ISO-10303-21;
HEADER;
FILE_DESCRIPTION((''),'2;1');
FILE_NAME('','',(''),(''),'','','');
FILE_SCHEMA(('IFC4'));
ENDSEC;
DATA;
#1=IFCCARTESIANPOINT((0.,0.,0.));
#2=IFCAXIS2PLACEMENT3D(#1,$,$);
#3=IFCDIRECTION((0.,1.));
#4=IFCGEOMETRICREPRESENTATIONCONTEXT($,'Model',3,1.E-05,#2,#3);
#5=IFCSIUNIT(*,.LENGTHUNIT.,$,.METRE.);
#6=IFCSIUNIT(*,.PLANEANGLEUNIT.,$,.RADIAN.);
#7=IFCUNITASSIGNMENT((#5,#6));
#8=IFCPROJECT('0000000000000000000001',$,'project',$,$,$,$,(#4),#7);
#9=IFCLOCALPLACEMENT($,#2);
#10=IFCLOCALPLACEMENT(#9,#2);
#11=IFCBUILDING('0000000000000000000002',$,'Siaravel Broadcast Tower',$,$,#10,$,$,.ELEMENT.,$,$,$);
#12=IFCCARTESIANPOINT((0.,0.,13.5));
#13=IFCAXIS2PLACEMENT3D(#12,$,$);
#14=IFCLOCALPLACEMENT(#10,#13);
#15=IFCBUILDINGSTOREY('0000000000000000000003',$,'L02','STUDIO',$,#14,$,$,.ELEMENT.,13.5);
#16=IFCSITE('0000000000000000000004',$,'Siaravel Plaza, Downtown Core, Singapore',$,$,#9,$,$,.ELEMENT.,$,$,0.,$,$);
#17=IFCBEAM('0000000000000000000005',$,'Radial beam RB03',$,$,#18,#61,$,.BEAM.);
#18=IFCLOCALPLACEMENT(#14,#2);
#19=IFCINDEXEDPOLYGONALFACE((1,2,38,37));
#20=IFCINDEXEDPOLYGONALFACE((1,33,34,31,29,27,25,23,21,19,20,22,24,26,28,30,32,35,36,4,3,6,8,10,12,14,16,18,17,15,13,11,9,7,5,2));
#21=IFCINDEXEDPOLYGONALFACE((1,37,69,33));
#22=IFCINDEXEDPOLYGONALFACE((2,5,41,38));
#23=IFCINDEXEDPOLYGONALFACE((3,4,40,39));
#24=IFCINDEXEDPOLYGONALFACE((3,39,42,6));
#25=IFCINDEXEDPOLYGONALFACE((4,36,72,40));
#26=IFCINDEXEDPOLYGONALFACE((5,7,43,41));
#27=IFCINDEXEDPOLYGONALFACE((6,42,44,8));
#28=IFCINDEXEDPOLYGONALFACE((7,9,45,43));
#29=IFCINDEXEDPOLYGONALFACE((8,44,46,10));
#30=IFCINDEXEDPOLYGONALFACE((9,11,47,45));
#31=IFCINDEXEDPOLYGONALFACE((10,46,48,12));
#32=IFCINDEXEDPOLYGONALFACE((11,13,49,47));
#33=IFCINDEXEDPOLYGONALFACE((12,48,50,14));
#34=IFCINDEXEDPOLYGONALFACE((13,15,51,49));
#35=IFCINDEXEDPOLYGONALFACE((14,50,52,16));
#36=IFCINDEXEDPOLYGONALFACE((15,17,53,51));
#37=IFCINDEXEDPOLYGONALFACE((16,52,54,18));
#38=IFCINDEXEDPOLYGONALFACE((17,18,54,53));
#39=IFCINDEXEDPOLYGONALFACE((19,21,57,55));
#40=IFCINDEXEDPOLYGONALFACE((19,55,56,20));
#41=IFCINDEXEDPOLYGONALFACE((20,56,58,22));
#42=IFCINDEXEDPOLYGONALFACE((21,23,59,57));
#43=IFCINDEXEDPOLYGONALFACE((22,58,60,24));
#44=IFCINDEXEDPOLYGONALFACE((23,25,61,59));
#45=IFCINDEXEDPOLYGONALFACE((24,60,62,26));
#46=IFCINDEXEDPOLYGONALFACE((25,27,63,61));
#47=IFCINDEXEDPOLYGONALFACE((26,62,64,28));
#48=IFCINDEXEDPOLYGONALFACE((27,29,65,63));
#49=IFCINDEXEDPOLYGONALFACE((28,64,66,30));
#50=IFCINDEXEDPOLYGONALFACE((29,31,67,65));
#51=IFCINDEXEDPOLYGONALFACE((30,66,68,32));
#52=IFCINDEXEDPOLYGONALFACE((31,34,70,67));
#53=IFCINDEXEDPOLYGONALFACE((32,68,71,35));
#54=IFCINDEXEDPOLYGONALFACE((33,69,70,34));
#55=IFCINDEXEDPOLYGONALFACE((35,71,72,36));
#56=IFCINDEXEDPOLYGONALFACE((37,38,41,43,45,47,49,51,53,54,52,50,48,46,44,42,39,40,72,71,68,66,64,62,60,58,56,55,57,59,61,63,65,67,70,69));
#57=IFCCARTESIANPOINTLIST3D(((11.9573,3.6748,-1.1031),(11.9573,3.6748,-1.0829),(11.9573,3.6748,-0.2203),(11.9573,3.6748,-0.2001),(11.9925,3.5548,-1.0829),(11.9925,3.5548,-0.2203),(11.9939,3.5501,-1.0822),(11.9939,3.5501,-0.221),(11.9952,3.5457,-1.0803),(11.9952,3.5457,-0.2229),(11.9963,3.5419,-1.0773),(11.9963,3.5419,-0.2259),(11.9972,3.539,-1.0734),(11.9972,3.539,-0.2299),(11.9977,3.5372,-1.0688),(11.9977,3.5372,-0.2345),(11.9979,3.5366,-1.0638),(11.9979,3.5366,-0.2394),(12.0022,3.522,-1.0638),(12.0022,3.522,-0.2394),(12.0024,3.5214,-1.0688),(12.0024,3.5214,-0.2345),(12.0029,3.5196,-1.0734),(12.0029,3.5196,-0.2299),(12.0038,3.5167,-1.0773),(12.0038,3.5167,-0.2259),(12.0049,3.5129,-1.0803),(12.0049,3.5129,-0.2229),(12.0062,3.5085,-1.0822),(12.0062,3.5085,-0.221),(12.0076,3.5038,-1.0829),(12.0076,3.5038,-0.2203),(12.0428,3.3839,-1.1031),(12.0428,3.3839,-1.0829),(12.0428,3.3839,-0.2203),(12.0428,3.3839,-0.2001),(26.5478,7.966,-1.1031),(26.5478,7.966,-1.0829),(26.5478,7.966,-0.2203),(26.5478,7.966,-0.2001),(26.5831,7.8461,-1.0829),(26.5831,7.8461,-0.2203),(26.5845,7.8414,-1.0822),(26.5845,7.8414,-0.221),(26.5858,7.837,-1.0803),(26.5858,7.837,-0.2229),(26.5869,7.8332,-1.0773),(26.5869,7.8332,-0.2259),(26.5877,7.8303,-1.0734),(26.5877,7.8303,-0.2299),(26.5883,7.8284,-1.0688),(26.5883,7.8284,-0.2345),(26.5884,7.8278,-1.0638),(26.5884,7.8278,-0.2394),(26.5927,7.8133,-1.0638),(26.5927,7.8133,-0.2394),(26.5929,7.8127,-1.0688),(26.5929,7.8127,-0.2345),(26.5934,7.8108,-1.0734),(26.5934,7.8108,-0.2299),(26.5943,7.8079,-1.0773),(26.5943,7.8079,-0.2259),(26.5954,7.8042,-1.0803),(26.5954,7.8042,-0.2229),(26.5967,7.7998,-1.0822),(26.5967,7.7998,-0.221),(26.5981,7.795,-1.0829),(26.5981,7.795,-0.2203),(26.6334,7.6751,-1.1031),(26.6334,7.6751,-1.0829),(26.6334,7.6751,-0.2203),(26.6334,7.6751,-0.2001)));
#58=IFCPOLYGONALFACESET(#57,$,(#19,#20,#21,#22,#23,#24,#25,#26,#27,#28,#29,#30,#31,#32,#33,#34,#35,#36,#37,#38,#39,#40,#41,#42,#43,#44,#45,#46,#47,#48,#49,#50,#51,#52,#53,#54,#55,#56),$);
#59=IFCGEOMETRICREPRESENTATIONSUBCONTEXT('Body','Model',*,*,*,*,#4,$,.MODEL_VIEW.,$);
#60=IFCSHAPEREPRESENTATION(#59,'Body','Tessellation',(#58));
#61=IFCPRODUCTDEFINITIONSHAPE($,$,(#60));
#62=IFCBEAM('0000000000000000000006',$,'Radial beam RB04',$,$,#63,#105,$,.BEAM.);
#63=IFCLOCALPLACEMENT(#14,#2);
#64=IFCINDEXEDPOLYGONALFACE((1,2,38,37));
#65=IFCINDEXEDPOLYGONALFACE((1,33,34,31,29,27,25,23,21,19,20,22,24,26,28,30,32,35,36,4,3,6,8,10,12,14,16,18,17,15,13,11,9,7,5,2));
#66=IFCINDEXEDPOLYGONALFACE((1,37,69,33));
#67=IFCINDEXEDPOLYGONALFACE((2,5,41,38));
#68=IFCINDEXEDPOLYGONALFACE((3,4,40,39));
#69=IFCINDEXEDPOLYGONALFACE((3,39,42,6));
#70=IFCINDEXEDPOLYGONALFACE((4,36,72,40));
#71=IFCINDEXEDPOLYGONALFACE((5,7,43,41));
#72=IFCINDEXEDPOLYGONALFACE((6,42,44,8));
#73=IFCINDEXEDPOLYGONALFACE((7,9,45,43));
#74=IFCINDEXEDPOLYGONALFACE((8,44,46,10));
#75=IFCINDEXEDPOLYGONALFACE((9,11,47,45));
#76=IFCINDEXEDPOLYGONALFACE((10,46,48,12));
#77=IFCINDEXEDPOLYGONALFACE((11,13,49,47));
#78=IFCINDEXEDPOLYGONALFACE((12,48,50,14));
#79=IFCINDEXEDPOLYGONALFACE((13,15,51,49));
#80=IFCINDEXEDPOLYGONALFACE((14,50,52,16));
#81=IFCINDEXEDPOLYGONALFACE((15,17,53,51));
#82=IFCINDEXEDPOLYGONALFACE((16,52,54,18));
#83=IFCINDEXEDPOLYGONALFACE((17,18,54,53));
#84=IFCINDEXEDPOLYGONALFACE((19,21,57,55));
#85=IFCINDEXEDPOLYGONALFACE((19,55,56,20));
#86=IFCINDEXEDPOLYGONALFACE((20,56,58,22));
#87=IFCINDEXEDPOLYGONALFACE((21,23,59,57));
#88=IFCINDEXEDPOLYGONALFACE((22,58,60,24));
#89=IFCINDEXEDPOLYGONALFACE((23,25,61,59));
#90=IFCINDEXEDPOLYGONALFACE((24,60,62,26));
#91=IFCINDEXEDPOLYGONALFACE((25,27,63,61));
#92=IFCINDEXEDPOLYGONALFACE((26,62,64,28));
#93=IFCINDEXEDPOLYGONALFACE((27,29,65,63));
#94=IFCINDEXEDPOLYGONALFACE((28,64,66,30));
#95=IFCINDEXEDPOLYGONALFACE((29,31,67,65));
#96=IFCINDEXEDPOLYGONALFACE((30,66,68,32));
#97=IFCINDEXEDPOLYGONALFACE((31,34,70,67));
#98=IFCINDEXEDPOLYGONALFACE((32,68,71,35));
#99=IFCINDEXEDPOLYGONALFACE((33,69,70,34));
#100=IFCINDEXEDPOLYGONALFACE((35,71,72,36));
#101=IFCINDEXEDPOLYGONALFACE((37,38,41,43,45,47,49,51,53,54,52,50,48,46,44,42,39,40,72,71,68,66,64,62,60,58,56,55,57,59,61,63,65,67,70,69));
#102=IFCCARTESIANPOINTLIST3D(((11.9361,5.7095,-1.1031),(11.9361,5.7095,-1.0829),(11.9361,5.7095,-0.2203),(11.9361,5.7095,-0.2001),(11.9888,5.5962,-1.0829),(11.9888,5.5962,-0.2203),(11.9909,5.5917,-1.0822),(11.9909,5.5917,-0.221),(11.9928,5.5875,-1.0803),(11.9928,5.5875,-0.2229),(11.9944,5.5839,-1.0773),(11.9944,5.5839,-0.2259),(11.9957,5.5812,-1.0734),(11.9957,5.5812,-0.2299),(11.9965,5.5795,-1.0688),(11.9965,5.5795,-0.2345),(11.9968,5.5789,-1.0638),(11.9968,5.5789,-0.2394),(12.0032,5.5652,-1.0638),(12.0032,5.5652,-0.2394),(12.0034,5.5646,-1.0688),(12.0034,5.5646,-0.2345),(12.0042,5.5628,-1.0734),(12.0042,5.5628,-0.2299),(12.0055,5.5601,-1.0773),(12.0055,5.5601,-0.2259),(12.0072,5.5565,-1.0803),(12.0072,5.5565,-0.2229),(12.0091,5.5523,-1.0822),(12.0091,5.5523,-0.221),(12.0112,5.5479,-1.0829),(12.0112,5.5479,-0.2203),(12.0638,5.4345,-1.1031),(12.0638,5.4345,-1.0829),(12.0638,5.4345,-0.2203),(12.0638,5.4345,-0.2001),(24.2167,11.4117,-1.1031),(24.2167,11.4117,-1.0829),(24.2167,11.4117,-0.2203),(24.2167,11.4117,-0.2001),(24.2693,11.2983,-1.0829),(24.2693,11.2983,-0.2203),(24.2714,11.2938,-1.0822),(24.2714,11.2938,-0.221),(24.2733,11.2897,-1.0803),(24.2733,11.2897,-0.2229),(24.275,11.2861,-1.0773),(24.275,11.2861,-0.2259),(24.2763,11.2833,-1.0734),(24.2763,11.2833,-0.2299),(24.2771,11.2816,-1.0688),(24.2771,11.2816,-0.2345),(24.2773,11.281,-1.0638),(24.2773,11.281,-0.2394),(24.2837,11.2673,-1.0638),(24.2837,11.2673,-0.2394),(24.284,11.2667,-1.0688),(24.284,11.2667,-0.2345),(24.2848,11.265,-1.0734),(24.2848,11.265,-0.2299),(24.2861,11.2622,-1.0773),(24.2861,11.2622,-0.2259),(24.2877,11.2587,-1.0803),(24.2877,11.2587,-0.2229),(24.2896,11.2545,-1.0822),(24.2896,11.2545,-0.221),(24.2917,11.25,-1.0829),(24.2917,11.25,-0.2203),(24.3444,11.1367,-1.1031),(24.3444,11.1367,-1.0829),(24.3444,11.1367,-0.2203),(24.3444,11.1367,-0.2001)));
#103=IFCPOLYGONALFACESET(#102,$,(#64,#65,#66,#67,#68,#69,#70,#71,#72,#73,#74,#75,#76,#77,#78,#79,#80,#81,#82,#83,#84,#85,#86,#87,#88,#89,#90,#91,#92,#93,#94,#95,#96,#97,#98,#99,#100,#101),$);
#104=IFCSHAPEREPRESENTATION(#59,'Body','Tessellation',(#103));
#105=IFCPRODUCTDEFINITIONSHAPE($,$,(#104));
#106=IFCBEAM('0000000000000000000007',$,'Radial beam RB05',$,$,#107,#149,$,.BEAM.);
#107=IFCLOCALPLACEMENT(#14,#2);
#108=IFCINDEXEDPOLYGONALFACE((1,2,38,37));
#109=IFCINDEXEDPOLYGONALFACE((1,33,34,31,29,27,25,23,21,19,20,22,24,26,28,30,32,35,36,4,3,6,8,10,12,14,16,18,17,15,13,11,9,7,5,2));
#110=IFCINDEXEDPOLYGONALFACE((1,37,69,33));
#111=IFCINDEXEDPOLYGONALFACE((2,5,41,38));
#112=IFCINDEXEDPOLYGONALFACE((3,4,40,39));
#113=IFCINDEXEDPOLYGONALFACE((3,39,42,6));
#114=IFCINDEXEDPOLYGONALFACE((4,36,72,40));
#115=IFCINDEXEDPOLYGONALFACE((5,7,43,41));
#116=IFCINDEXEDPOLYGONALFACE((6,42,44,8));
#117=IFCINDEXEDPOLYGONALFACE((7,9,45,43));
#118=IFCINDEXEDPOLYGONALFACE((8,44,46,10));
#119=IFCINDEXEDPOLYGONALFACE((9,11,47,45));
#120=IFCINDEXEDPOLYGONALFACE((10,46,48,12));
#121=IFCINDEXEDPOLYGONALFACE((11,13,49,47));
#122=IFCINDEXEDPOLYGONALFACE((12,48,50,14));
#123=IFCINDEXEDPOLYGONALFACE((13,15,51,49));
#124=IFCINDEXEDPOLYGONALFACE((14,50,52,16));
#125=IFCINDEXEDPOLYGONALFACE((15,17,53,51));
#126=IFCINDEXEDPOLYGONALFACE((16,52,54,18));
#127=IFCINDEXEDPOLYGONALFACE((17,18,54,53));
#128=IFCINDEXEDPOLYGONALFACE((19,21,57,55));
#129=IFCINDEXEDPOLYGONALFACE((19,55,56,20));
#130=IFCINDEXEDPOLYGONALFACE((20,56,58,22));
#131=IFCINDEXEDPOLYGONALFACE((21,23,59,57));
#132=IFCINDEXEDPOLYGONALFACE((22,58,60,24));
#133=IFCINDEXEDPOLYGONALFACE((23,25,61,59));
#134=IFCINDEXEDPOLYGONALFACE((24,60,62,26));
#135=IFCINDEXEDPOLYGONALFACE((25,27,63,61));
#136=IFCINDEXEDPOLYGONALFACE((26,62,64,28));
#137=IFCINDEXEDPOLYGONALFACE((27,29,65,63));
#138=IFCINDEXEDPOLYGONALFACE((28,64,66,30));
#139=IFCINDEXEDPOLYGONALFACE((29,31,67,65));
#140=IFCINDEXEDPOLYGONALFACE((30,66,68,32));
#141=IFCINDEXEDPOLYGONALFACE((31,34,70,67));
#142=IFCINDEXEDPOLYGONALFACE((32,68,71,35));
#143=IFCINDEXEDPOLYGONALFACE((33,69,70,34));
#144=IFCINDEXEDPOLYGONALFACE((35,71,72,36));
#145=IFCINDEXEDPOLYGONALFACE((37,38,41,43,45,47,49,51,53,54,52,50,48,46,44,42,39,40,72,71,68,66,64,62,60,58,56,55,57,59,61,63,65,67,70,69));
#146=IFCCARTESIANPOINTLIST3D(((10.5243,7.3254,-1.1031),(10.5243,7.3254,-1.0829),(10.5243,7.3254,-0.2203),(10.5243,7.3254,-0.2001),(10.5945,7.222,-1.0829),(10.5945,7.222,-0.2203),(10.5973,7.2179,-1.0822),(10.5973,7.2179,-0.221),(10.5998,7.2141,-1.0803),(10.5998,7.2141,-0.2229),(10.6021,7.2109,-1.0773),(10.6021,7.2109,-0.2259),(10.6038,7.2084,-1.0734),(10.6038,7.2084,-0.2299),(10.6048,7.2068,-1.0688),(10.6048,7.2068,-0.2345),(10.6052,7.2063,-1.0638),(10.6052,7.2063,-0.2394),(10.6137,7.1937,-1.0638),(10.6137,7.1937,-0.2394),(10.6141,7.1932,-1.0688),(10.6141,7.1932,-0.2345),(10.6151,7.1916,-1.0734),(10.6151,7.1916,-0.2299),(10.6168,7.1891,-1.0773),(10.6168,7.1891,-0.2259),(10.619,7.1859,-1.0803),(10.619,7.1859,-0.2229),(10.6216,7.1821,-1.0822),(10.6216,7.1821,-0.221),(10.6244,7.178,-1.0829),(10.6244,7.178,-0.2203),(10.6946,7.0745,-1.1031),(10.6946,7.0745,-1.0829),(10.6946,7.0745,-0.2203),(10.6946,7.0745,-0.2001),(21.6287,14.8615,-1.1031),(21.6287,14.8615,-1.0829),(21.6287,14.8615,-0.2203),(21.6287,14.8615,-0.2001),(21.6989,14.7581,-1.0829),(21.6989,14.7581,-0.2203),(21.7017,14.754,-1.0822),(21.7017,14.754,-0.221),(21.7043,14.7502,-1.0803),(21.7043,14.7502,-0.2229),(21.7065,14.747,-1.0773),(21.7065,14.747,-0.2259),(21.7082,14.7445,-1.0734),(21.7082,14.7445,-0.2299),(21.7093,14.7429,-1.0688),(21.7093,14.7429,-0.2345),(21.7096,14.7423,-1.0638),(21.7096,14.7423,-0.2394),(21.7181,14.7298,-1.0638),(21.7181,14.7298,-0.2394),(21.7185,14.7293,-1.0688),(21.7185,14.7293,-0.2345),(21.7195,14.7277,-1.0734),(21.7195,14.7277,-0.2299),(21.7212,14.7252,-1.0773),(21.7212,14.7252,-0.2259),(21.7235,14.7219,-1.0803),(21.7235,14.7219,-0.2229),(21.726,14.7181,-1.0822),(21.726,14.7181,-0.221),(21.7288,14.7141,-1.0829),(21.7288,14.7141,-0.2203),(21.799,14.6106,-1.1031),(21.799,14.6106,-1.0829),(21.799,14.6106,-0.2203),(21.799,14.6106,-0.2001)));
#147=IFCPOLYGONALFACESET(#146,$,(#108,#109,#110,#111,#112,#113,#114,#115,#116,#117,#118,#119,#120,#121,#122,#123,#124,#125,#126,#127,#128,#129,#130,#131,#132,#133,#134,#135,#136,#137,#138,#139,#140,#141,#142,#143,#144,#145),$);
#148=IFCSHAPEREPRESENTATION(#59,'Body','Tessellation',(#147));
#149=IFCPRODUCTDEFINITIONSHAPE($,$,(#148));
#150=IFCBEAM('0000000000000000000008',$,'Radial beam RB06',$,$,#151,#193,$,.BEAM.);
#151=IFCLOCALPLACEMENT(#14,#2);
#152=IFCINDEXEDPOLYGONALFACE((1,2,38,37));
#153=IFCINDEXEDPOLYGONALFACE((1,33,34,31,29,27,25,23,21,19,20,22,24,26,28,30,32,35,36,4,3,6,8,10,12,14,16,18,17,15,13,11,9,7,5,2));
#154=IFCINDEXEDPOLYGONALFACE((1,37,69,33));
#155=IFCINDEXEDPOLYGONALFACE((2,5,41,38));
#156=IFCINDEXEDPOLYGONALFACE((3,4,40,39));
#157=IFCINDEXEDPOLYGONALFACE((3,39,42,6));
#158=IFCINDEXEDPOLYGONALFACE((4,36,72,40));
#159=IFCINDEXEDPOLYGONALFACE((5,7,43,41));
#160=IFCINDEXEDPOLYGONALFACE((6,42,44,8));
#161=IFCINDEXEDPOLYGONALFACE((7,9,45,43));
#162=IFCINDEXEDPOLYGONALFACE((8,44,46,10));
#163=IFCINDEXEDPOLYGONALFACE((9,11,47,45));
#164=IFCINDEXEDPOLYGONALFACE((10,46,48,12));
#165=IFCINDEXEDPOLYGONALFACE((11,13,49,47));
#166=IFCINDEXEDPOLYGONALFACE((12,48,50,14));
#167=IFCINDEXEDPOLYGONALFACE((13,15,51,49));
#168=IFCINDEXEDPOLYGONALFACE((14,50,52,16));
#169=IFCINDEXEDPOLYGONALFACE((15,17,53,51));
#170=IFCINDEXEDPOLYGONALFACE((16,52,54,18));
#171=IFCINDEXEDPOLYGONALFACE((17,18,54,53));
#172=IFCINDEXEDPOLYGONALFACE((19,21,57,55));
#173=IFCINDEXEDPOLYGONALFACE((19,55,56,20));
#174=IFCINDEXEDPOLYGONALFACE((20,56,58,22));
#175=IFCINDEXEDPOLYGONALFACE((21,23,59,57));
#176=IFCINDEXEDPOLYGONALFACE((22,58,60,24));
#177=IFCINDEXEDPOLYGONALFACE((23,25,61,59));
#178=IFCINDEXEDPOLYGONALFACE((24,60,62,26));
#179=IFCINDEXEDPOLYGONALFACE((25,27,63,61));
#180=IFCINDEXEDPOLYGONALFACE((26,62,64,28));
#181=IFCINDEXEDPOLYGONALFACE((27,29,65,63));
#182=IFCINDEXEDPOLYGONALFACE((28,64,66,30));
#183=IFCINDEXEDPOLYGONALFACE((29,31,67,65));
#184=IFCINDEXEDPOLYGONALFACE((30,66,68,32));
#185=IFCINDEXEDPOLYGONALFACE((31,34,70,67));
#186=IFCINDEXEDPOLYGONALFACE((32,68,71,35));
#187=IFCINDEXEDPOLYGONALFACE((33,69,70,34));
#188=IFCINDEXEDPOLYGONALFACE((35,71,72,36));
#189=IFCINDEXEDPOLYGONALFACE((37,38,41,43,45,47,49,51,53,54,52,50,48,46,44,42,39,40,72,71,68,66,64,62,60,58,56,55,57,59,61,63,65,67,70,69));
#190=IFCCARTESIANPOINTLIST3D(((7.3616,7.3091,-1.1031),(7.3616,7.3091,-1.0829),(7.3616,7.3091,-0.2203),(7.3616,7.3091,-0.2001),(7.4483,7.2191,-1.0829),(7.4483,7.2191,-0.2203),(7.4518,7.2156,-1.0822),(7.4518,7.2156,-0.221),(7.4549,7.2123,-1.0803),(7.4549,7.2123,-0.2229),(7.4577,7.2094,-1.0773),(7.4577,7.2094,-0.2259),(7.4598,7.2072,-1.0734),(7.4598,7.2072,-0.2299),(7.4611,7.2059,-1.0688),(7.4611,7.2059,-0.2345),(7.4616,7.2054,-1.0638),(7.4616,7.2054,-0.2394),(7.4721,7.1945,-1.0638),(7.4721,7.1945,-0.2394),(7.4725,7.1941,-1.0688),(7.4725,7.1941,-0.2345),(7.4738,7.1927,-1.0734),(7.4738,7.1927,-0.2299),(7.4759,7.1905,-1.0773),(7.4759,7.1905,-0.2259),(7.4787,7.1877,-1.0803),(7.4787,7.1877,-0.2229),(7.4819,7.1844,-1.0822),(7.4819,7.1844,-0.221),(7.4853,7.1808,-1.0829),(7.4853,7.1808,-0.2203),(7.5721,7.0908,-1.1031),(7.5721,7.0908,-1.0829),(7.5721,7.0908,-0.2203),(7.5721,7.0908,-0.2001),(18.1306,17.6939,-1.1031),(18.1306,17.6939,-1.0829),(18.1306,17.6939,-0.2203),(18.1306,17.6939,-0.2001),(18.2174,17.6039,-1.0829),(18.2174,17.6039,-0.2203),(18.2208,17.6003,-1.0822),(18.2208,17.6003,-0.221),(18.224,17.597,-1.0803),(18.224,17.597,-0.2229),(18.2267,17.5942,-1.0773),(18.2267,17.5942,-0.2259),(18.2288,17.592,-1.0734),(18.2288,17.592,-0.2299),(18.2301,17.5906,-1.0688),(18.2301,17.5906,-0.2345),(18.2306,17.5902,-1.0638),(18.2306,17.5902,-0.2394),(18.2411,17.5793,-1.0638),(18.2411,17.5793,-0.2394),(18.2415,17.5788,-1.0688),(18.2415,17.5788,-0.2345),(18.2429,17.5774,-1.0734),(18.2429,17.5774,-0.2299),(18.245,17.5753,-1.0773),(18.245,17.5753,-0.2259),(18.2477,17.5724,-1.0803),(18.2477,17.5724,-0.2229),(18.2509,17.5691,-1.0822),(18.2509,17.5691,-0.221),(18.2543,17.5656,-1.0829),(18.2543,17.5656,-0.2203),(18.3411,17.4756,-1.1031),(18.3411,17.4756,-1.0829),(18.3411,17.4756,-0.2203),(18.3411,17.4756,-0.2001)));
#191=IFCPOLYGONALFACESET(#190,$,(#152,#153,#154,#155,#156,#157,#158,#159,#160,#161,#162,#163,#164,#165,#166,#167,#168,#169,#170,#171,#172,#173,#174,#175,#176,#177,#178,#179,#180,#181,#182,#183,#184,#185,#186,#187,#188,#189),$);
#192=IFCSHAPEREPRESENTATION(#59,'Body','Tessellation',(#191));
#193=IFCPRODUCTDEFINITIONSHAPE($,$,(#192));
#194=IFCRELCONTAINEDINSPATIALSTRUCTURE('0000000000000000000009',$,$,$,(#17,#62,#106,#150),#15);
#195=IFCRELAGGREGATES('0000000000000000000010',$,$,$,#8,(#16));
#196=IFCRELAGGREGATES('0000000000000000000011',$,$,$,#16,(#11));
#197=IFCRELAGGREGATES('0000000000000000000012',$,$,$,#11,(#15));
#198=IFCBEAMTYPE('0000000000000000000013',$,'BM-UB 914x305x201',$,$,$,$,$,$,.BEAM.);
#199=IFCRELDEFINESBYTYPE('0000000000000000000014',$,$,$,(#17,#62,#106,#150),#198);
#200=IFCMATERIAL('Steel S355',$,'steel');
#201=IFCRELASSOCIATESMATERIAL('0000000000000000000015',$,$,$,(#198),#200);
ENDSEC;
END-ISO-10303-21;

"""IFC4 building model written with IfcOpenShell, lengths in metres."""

from ifc_helpers import new_model, si_unit, direction, frame, origin, origin_2d, place, context, subcontext, project, spatial, i_section, extrude, material, material_profile, profile_set, type_object, element, save


model = new_model("IFC4")

# Units and contexts
model_context = context("Model", 3, precision=1e-05, world=origin(), true_north=direction((0.0, 1.0)))
body_context = subcontext(model_context, "Body", "Model", "MODEL_VIEW")
ifc_project = project(units=[si_unit("LENGTHUNIT", "METRE"), si_unit("PLANEANGLEUNIT", "RADIAN")], contexts=[model_context])

# Site, building, storey
site_placement = place(None, origin())
site = spatial("IfcSite", under=ifc_project, at=site_placement, Name="Siaravel Plaza, Downtown Core, Singapore", CompositionType="ELEMENT", RefElevation=0.0)
building_placement = place(site_placement, origin())
building = spatial("IfcBuilding", under=site, at=building_placement, Name="Siaravel Broadcast Tower", CompositionType="ELEMENT")
storey_placement = place(building_placement, frame((0.0, 0.0, 13.5)))
storey = spatial("IfcBuildingStorey", under=building, at=storey_placement, Name="L02", Description="STUDIO", CompositionType="ELEMENT", Elevation=13.5)

# Beams
ifc_material_1 = material(Name="Steel S355", Category="steel")
ifc_material_profile_1 = material_profile(ifc_material_1, i_section(OverallWidth=0.3032, OverallDepth=0.9031, WebThickness=0.0151, FlangeThickness=0.0203, FilletRadius=0.019, at=origin_2d()))
ifc_profile_set_1 = profile_set([ifc_material_profile_1], Name="Steel S355")
beam_type = type_object("IfcBeamType", Name="BM-UB 914x305x201", PredefinedType="BEAM", material=ifc_profile_set_1)
beam_1_placement = place(storey_placement, frame((26.5906, 7.8206, -0.6516), z_axis=(-0.959367, -0.282161, 0.0), x_axis=(0.282161, -0.959367, 0.0)))
element("IfcBeam", 1, at=beam_1_placement, inside=storey, type_object=beam_type, Name="Radial beam RB03", PredefinedType="BEAM", context=body_context, shape_type="SweptSolid", body=[
    extrude(i_section(OverallWidth=0.3032, OverallDepth=0.9031, WebThickness=0.0151, FlangeThickness=0.0203, FilletRadius=0.019, at=origin_2d()), origin(), (0.0, 0.0, 1.0), 15.2085),
])
beam_2_placement = place(storey_placement, frame((24.2805, 11.2742, -0.6516), z_axis=(-0.906995, -0.42114, 0.0), x_axis=(0.42114, -0.906995, 0.0)))
element("IfcBeam", 2, at=beam_2_placement, inside=storey, type_object=beam_type, Name="Radial beam RB04", PredefinedType="BEAM", context=body_context, shape_type="SweptSolid", body=[
    extrude(i_section(OverallWidth=0.3032, OverallDepth=0.9031, WebThickness=0.0151, FlangeThickness=0.0203, FilletRadius=0.019, at=origin_2d()), origin(), (0.0, 0.0, 1.0), 13.5398),
])
beam_3_placement = place(storey_placement, frame((21.7139, 14.7361, -0.6516), z_axis=(-0.827443, -0.561549, 0.0), x_axis=(0.561549, -0.827443, 0.0)))
element("IfcBeam", 3, at=beam_3_placement, inside=storey, type_object=beam_type, Name="Radial beam RB05", PredefinedType="BEAM", context=body_context, shape_type="SweptSolid", body=[
    extrude(i_section(OverallWidth=0.3032, OverallDepth=0.9031, WebThickness=0.0151, FlangeThickness=0.0203, FilletRadius=0.019, at=origin_2d()), origin(), (0.0, 0.0, 1.0), 13.4202),
])
beam_4_placement = place(storey_placement, frame((18.2358, 17.5847, -0.6516), z_axis=(-0.719833, -0.694147, 0.0), x_axis=(0.694147, -0.719833, 0.0)))
element("IfcBeam", 4, at=beam_4_placement, inside=storey, type_object=beam_type, Name="Radial beam RB06", PredefinedType="BEAM", context=body_context, shape_type="SweptSolid", body=[
    extrude(i_section(OverallWidth=0.3032, OverallDepth=0.9031, WebThickness=0.0151, FlangeThickness=0.0203, FilletRadius=0.019, at=origin_2d()), origin(), (0.0, 0.0, 1.0), 14.9604),
])

save(model, "model.ifc")
